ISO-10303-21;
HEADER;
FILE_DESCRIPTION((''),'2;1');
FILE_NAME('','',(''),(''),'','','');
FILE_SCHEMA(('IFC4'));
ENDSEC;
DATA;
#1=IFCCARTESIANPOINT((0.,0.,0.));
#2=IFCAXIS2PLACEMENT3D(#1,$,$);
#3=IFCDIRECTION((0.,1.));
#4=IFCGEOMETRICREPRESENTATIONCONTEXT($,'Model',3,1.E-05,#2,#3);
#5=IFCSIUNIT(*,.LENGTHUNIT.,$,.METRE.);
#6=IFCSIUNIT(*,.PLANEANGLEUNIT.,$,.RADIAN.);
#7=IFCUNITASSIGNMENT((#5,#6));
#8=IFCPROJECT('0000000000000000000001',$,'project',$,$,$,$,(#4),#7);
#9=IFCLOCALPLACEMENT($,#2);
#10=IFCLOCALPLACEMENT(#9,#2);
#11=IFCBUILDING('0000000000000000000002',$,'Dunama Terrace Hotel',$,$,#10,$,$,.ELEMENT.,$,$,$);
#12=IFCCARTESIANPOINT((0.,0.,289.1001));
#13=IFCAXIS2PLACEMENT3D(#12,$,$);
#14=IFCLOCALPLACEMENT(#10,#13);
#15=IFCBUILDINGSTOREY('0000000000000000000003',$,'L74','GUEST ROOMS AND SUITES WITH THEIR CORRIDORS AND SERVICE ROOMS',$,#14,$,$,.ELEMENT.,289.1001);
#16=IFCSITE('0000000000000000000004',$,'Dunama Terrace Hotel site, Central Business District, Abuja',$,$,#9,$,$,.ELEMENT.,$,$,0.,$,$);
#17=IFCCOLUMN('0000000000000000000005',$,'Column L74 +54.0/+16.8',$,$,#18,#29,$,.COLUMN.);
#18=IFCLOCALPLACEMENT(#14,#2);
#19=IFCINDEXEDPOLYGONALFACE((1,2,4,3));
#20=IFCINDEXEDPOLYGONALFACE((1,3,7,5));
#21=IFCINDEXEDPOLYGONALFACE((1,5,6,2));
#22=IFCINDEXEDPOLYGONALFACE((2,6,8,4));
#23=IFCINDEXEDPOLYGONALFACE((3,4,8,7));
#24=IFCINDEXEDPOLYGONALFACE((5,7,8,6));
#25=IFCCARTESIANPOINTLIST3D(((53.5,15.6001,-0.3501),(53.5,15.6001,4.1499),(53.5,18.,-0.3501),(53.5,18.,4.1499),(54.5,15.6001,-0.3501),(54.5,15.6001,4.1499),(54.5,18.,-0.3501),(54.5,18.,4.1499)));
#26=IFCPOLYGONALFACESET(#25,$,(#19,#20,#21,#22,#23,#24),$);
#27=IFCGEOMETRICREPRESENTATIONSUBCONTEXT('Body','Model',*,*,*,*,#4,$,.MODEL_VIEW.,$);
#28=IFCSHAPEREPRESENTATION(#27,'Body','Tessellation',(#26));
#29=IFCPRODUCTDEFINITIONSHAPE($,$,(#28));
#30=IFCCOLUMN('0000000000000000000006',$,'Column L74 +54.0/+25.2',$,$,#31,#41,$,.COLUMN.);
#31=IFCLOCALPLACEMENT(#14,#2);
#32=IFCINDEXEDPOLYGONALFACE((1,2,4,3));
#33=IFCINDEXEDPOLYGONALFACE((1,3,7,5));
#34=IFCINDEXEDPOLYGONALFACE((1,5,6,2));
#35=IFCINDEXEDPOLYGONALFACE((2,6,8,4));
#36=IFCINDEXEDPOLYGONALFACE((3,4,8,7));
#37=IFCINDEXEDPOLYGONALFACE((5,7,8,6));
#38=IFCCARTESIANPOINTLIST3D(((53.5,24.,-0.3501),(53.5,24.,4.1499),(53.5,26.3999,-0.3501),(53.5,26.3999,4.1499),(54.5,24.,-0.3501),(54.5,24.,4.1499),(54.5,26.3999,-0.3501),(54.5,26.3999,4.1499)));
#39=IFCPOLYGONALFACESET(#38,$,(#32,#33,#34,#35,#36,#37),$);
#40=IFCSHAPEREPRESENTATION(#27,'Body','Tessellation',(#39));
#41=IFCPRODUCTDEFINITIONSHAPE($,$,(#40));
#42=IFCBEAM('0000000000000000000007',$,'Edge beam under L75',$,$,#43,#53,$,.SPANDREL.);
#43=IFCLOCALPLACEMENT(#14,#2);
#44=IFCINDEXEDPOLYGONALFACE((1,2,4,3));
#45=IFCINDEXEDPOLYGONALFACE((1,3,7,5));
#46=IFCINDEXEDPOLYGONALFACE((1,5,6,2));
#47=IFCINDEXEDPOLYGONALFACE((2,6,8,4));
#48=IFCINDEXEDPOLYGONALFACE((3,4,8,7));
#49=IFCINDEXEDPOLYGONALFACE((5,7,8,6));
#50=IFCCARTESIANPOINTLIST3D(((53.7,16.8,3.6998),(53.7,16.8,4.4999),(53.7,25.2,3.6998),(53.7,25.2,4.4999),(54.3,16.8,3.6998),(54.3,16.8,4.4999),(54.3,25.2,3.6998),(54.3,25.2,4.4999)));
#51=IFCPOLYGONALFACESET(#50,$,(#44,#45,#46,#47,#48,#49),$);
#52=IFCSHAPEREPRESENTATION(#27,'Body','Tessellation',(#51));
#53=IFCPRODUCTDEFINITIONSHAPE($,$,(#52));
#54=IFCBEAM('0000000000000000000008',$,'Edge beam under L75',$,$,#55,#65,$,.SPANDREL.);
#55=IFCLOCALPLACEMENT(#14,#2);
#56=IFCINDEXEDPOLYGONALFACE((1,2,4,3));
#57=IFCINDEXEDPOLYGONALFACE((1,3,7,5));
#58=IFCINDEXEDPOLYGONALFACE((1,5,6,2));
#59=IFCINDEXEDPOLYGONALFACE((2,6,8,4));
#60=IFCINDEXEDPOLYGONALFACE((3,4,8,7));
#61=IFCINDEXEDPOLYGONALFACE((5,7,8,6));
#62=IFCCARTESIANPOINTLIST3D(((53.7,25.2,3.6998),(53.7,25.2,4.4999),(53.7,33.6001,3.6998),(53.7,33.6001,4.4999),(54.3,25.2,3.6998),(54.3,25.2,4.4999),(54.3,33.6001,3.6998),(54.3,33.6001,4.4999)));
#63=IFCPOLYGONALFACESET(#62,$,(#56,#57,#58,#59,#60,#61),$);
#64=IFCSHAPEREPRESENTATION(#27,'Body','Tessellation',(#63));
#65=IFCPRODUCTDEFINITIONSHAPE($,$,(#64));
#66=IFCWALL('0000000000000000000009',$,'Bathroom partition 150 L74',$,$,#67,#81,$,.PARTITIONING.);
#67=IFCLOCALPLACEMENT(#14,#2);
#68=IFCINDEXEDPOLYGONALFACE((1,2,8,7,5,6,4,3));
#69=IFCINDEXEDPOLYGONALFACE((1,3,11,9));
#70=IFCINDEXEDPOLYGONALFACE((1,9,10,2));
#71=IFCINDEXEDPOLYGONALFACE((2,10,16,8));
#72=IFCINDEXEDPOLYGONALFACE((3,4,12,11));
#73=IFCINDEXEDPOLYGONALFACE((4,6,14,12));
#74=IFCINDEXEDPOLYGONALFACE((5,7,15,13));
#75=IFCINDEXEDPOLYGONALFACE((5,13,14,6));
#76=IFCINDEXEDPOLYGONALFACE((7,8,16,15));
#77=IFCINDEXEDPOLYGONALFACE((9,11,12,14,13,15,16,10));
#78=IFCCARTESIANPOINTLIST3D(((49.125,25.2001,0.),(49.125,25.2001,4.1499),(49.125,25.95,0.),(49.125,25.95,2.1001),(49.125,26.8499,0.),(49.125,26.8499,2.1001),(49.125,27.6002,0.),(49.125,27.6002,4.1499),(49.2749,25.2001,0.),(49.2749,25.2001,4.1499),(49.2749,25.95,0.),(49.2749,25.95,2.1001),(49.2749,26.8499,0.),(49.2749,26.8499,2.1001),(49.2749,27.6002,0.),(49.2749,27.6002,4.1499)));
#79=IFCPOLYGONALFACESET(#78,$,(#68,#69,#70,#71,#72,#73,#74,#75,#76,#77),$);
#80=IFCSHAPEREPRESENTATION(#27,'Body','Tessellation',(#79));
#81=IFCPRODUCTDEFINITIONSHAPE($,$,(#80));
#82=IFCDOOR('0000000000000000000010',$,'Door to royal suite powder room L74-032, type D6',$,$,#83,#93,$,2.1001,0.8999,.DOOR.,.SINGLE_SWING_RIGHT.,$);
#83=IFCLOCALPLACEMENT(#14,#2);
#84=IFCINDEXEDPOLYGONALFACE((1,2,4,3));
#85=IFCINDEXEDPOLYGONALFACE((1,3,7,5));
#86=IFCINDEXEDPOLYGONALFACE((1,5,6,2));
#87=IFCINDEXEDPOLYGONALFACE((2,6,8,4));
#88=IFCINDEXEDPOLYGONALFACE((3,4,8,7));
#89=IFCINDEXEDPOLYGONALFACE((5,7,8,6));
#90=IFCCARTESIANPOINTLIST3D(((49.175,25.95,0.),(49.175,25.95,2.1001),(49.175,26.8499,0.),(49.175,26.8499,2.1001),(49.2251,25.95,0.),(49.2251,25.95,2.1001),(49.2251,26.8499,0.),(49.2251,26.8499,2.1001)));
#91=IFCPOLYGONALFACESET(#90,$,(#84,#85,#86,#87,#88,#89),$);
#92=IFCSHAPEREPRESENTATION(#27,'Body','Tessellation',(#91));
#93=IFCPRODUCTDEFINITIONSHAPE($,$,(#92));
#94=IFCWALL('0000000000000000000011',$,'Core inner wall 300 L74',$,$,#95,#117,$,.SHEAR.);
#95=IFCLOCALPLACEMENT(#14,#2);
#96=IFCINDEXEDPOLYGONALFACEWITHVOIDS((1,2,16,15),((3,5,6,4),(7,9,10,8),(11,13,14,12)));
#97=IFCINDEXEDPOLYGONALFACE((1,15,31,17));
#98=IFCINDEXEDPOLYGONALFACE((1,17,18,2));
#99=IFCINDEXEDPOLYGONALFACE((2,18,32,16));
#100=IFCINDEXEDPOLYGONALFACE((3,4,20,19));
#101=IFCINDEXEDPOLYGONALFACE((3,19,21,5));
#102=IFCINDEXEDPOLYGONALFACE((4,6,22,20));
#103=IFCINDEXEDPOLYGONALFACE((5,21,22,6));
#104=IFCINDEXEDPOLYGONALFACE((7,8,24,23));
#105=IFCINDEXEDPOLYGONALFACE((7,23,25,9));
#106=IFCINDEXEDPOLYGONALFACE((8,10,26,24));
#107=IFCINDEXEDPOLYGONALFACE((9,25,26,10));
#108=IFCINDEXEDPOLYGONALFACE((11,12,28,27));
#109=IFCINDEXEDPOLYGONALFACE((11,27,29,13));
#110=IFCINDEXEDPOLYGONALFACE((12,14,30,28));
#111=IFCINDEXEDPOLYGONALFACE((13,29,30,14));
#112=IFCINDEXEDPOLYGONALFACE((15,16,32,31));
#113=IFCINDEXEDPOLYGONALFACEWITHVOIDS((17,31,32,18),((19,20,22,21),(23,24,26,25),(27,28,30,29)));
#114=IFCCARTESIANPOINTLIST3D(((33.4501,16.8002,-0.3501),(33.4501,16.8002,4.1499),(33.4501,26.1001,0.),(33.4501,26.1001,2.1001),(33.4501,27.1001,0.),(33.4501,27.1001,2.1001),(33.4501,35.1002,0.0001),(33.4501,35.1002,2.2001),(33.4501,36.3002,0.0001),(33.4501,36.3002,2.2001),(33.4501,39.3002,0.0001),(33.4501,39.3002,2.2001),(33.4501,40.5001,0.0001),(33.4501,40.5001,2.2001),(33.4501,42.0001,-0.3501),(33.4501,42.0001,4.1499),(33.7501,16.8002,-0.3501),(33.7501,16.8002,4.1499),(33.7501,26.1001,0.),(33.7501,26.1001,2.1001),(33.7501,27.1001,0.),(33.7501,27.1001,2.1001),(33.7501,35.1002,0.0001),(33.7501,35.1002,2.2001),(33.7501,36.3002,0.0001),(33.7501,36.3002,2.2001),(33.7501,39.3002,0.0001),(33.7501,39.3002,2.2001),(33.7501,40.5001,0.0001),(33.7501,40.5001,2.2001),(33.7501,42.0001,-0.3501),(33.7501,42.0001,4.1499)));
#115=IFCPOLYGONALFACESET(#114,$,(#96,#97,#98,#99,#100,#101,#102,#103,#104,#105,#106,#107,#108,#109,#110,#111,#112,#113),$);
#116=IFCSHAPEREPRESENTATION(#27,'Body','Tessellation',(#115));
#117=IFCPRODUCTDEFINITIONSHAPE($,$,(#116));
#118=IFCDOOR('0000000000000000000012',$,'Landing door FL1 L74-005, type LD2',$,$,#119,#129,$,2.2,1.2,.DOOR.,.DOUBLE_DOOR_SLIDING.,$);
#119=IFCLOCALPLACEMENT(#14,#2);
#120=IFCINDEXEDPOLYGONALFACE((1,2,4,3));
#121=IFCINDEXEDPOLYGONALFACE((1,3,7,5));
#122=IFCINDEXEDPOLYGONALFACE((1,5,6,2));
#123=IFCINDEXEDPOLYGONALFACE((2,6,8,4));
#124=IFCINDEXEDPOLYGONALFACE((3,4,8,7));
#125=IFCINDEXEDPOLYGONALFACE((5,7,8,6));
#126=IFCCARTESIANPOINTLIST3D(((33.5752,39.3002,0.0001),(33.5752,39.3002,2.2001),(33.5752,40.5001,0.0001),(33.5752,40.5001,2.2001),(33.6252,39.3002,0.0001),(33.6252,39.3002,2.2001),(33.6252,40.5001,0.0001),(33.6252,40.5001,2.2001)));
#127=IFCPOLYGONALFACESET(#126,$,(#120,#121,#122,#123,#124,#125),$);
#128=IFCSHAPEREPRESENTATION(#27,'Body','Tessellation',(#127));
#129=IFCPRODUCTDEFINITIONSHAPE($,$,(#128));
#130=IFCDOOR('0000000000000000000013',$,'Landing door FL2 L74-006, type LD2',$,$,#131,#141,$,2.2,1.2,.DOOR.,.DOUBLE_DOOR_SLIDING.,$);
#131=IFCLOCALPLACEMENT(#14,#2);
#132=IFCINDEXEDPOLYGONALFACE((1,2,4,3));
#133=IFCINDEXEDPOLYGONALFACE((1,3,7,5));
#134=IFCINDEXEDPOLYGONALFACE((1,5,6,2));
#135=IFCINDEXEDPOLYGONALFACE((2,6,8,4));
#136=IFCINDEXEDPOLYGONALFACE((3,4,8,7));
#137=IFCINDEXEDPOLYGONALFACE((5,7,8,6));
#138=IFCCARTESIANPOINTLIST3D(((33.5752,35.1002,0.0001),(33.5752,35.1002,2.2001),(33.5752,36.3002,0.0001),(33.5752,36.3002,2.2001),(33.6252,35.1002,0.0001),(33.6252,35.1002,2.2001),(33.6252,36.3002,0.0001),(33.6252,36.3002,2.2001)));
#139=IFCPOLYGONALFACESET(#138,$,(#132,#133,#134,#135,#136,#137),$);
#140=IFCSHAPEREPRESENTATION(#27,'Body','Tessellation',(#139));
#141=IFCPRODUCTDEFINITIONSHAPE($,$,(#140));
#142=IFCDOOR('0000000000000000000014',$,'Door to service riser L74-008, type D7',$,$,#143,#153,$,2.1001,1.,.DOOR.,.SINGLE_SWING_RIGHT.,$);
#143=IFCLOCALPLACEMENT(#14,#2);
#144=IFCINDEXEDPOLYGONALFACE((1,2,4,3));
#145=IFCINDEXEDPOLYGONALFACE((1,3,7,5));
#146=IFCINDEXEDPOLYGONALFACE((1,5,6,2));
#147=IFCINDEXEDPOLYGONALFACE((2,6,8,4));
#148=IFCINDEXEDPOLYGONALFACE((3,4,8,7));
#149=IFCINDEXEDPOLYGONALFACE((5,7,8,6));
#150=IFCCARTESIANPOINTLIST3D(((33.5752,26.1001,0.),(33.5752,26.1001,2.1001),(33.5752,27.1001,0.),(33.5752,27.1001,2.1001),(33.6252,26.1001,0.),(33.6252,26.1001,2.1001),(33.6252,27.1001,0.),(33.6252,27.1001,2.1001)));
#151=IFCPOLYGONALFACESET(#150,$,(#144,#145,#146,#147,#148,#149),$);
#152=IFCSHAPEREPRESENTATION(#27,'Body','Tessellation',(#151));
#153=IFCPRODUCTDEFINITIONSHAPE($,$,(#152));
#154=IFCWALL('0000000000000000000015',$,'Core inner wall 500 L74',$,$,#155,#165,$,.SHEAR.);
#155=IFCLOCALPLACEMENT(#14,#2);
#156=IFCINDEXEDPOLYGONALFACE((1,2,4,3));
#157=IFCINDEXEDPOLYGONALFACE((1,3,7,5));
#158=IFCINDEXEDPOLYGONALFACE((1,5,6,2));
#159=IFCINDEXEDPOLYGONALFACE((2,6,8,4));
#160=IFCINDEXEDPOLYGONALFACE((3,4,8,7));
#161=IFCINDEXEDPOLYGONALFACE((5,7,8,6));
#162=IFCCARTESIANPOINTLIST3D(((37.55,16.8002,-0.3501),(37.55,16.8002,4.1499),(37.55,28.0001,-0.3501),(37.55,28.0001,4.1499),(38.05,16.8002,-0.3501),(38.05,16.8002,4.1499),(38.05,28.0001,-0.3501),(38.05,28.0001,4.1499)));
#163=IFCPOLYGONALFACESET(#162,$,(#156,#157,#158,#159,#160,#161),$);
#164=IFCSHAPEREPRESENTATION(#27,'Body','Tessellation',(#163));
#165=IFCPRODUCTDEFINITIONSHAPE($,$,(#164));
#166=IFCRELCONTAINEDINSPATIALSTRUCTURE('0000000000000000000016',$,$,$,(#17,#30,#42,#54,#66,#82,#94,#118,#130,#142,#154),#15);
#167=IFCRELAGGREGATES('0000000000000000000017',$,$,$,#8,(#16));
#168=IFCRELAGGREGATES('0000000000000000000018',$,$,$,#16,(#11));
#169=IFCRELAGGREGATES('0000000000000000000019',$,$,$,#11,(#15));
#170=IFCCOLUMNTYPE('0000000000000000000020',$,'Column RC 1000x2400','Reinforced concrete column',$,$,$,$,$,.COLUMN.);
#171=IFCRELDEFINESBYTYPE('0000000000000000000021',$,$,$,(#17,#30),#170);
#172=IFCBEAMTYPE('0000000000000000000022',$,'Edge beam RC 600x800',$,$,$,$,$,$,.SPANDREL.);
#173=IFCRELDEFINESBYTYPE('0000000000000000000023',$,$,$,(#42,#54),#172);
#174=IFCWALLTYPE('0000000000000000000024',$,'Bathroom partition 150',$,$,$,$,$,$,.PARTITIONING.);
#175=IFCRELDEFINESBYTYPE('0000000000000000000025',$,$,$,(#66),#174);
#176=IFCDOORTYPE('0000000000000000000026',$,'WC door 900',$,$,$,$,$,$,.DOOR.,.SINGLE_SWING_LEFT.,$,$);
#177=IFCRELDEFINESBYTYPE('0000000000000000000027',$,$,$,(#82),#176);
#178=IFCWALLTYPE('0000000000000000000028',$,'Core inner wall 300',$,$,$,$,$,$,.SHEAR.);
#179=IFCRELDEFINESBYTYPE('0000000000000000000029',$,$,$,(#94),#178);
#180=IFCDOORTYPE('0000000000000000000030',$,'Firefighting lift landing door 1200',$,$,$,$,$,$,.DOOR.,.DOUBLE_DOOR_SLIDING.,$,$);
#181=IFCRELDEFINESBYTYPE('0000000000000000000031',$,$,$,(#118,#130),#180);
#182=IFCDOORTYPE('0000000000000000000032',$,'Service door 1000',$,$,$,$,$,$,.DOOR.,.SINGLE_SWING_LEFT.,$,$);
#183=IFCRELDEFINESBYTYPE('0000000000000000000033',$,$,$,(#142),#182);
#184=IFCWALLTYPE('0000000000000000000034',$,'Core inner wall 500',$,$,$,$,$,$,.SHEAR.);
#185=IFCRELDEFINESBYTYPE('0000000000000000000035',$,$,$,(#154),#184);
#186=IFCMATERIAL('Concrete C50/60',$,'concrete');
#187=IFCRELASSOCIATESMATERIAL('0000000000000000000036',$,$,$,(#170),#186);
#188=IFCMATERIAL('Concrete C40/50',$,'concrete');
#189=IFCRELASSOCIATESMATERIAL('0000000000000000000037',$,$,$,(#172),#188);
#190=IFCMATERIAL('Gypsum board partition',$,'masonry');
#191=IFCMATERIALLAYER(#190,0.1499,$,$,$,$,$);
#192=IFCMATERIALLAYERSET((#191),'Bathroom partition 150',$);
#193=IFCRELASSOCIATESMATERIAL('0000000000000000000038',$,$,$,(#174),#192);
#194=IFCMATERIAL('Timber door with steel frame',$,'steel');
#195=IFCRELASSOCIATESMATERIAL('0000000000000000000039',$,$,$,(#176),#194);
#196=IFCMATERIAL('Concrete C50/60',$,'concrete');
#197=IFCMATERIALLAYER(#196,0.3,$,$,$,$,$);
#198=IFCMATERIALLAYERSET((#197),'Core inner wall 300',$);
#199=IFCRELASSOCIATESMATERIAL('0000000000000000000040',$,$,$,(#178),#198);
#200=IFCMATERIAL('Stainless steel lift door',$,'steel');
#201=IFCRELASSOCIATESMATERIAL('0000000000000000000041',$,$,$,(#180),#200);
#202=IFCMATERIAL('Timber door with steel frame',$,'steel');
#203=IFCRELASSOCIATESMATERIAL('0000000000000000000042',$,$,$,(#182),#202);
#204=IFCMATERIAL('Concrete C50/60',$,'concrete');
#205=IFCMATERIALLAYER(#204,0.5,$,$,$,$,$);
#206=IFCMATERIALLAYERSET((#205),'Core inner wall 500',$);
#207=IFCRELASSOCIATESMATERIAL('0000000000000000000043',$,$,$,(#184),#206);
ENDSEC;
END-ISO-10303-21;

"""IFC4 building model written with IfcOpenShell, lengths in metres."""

from ifc_helpers import new_model, si_unit, direction, frame, frame_2d, origin, origin_2d, place, context, subcontext, project, spatial, rectangle, extrude, material, layer, layer_set, material_profile, profile_set, type_object, element, fill, save


model = new_model("IFC4")

# Units and contexts
model_context = context("Model", 3, precision=1e-05, world=origin(), true_north=direction((0.0, 1.0)))
body_context = subcontext(model_context, "Body", "Model", "MODEL_VIEW")
ifc_project = project(units=[si_unit("LENGTHUNIT", "METRE"), si_unit("PLANEANGLEUNIT", "RADIAN")], contexts=[model_context])

# Site, building, storey
site_placement = place(None, origin())
site = spatial("IfcSite", under=ifc_project, at=site_placement, Name="Dunama Terrace Hotel site, Central Business District, Abuja", CompositionType="ELEMENT", RefElevation=0.0)
building_placement = place(site_placement, origin())
building = spatial("IfcBuilding", under=site, at=building_placement, Name="Dunama Terrace Hotel", CompositionType="ELEMENT")
storey_placement = place(building_placement, frame((0.0, 0.0, 289.1001)))
storey = spatial("IfcBuildingStorey", under=building, at=storey_placement, Name="L74", Description="GUEST ROOMS AND SUITES WITH THEIR CORRIDORS AND SERVICE ROOMS", CompositionType="ELEMENT", Elevation=289.1001)

# Columns
ifc_material_1 = material(Name="Concrete C50/60", Category="concrete")
ifc_material_profile_1 = material_profile(ifc_material_1, rectangle(XDim=1.0, YDim=2.3999, at=origin_2d()), Name="RC 1000x2400")
ifc_profile_set_1 = profile_set([ifc_material_profile_1], Name="Concrete C50/60")
column_type = type_object("IfcColumnType", Name="Column RC 1000x2400", Description="Reinforced concrete column", PredefinedType="COLUMN", material=ifc_profile_set_1)
for number, where, z_axis, x_axis, name in (
    (1, (54.0, 16.8, -0.3501), (0.0, 0.0, 1.0), (1.0, 0.0, 0.0), "Column L74 +54.0/+16.8"),
    (2, (54.0, 25.2, -0.3501), (0.0, 0.0, 1.0), (1.0, 0.0, 0.0), "Column L74 +54.0/+25.2"),
):
    element("IfcColumn", number, at=place(storey_placement, frame(where, z_axis=z_axis, x_axis=x_axis)), inside=storey, type_object=column_type, Name=name, PredefinedType="COLUMN", context=body_context, shape_type="SweptSolid", body=[
        extrude(rectangle(XDim=1.0, YDim=2.3999, at=origin_2d()), origin(), (0.0, 0.0, 1.0), 4.5),
    ])

# Beams
ifc_material_2 = material(Name="Concrete C40/50", Category="concrete")
ifc_material_profile_2 = material_profile(ifc_material_2, rectangle(XDim=0.6001, YDim=0.8, at=origin_2d()), Name="RC 600x800")
ifc_profile_set_2 = profile_set([ifc_material_profile_2], Name="Concrete C40/50")
beam_type = type_object("IfcBeamType", Name="Edge beam RC 600x800", PredefinedType="SPANDREL", material=ifc_profile_set_2)
beam_1_placement = place(storey_placement, frame((54.0, 16.8, 4.0999), z_axis=(0.0, 1.0, 0.0), x_axis=(-1.0, 0.0, 0.0)))
element("IfcBeam", 3, at=beam_1_placement, inside=storey, type_object=beam_type, Name="Edge beam under L75", PredefinedType="SPANDREL", context=body_context, shape_type="SweptSolid", body=[
    extrude(rectangle(XDim=0.6001, YDim=0.8, at=origin_2d()), origin(), (0.0, 0.0, 1.0), 8.3999),
])
beam_2_placement = place(storey_placement, frame((54.0, 25.2, 4.0999), z_axis=(0.0, 1.0, 0.0), x_axis=(-1.0, 0.0, 0.0)))
element("IfcBeam", 4, at=beam_2_placement, inside=storey, type_object=beam_type, Name="Edge beam under L75", PredefinedType="SPANDREL", context=body_context, shape_type="SweptSolid", body=[
    extrude(rectangle(XDim=0.6001, YDim=0.8, at=origin_2d()), origin(), (0.0, 0.0, 1.0), 8.4001),
])

# Wall, opening, door
ifc_material_3 = material(Name="Gypsum board partition", Category="masonry")
ifc_layer_1 = layer(ifc_material_3, 0.1499)
ifc_layer_set_1 = layer_set([ifc_layer_1], Name="Bathroom partition 150")
wall_type_1 = type_object("IfcWallType", Name="Bathroom partition 150", PredefinedType="PARTITIONING", material=ifc_layer_set_1)
wall_1_placement = place(storey_placement, frame((49.2, 25.2, 0.0), z_axis=(0.0, 0.0, 1.0), x_axis=(0.0, 1.0, 0.0)))
wall_1 = element("IfcWall", 5, at=wall_1_placement, inside=storey, type_object=wall_type_1, Name="Bathroom partition 150 L74", PredefinedType="PARTITIONING", context=body_context, shape_type="SweptSolid", body=[
    extrude(rectangle(XDim=2.4001, YDim=0.1499, at=frame_2d((1.2002, 0.0))), origin(), (0.0, 0.0, 1.0), 4.1499),
])
opening_1_placement = place(wall_1_placement, frame((0.75, 0.0, 0.0)))
opening_1 = element("IfcOpeningElement", 6, at=opening_1_placement, cuts=wall_1, PredefinedType="OPENING", context=body_context, shape_type="SweptSolid", body=[
    extrude(rectangle(XDim=0.8999, YDim=2.1001, at=frame_2d((0.45, 1.05))), frame((0.0, 0.085, 0.0), z_axis=(0.0, -1.0, 0.0), x_axis=(1.0, 0.0, 0.0)), (0.0, 0.0, 1.0), 0.1699),
])
ifc_material_4 = material(Name="Timber door with steel frame", Category="steel")
door_type_1 = type_object("IfcDoorType", Name="WC door 900", OperationType="SINGLE_SWING_LEFT", PredefinedType="DOOR", material=ifc_material_4)
door_1_placement = place(opening_1_placement, frame((0.8999, 0.0, 0.0), z_axis=(0.0, 0.0, 1.0), x_axis=(-1.0, 0.0, 0.0)))
door_1 = element("IfcDoor", 7, at=door_1_placement, inside=storey, type_object=door_type_1, Name="Door to royal suite powder room L74-032, type D6", OperationType="SINGLE_SWING_RIGHT", OverallHeight=2.1001, OverallWidth=0.8999, PredefinedType="DOOR", context=body_context, shape_type="SweptSolid", body=[
    extrude(rectangle(XDim=0.8999, YDim=2.1001, at=frame_2d((0.45, 1.05))), frame((0.0, 0.0251, 0.0), z_axis=(0.0, -1.0, 0.0), x_axis=(1.0, 0.0, 0.0)), (0.0, 0.0, 1.0), 0.05),
])
fill(opening_1, door_1)

# Wall, openings, doors
ifc_material_5 = material(Name="Concrete C50/60", Category="concrete")
ifc_layer_2 = layer(ifc_material_5, 0.3)
ifc_layer_set_2 = layer_set([ifc_layer_2], Name="Core inner wall 300")
wall_type_2 = type_object("IfcWallType", Name="Core inner wall 300", PredefinedType="SHEAR", material=ifc_layer_set_2)
wall_2_placement = place(storey_placement, frame((33.6001, 16.8, -0.3501), z_axis=(0.0, 0.0, 1.0), x_axis=(0.0, 1.0, 0.0)))
wall_2 = element("IfcWall", 8, at=wall_2_placement, inside=storey, type_object=wall_type_2, Name="Core inner wall 300 L74", PredefinedType="SHEAR", context=body_context, shape_type="SweptSolid", body=[
    extrude(rectangle(XDim=25.2, YDim=0.3, at=frame_2d((12.6001, 0.0))), origin(), (0.0, 0.0, 1.0), 4.5),
])
opening_2_placement = place(wall_2_placement, frame((22.5, 0.0, 0.3501)))
opening_2 = element("IfcOpeningElement", 9, at=opening_2_placement, cuts=wall_2, PredefinedType="OPENING", context=body_context, shape_type="SweptSolid", body=[
    extrude(rectangle(XDim=1.2, YDim=2.2, at=frame_2d((0.6001, 1.1001))), frame((0.0, 0.1599, 0.0), z_axis=(0.0, -1.0, 0.0), x_axis=(1.0, 0.0, 0.0)), (0.0, 0.0, 1.0), 0.3201),
])
opening_3_placement = place(wall_2_placement, frame((18.3, 0.0, 0.3501)))
opening_3 = element("IfcOpeningElement", 10, at=opening_3_placement, cuts=wall_2, PredefinedType="OPENING", context=body_context, shape_type="SweptSolid", body=[
    extrude(rectangle(XDim=1.2, YDim=2.2, at=frame_2d((0.6001, 1.1001))), frame((0.0, 0.1599, 0.0), z_axis=(0.0, -1.0, 0.0), x_axis=(1.0, 0.0, 0.0)), (0.0, 0.0, 1.0), 0.3201),
])
opening_4_placement = place(wall_2_placement, frame((9.3, 0.0, 0.3501)))
opening_4 = element("IfcOpeningElement", 11, at=opening_4_placement, cuts=wall_2, PredefinedType="OPENING", context=body_context, shape_type="SweptSolid", body=[
    extrude(rectangle(XDim=1.0, YDim=2.1001, at=frame_2d((0.5, 1.05))), frame((0.0, 0.1599, 0.0), z_axis=(0.0, -1.0, 0.0), x_axis=(1.0, 0.0, 0.0)), (0.0, 0.0, 1.0), 0.3201),
])
ifc_material_6 = material(Name="Stainless steel lift door", Category="steel")
door_type_2 = type_object("IfcDoorType", Name="Firefighting lift landing door 1200", OperationType="DOUBLE_DOOR_SLIDING", PredefinedType="DOOR", material=ifc_material_6)
door_2_placement = place(opening_2_placement, origin())
door_2 = element("IfcDoor", 12, at=door_2_placement, inside=storey, type_object=door_type_2, Name="Landing door FL1 L74-005, type LD2", OperationType="DOUBLE_DOOR_SLIDING", OverallHeight=2.2, OverallWidth=1.2, PredefinedType="DOOR", context=body_context, shape_type="SweptSolid", body=[
    extrude(rectangle(XDim=1.2, YDim=2.2, at=frame_2d((0.6001, 1.1001))), frame((0.0, 0.0249, 0.0), z_axis=(0.0, -1.0, 0.0), x_axis=(1.0, 0.0, 0.0)), (0.0, 0.0, 1.0), 0.05),
])
fill(opening_2, door_2)
door_3_placement = place(opening_3_placement, origin())
door_3 = element("IfcDoor", 13, at=door_3_placement, inside=storey, type_object=door_type_2, Name="Landing door FL2 L74-006, type LD2", OperationType="DOUBLE_DOOR_SLIDING", OverallHeight=2.2, OverallWidth=1.2, PredefinedType="DOOR", context=body_context, shape_type="SweptSolid", body=[
    extrude(rectangle(XDim=1.2, YDim=2.2, at=frame_2d((0.6001, 1.1001))), frame((0.0, 0.0249, 0.0), z_axis=(0.0, -1.0, 0.0), x_axis=(1.0, 0.0, 0.0)), (0.0, 0.0, 1.0), 0.05),
])
fill(opening_3, door_3)
ifc_material_7 = material(Name="Timber door with steel frame", Category="steel")
door_type_3 = type_object("IfcDoorType", Name="Service door 1000", OperationType="SINGLE_SWING_LEFT", PredefinedType="DOOR", material=ifc_material_7)
door_4_placement = place(opening_4_placement, frame((1.0, 0.0, 0.0), z_axis=(0.0, 0.0, 1.0), x_axis=(-1.0, 0.0, 0.0)))
door_4 = element("IfcDoor", 14, at=door_4_placement, inside=storey, type_object=door_type_3, Name="Door to service riser L74-008, type D7", OperationType="SINGLE_SWING_RIGHT", OverallHeight=2.1001, OverallWidth=1.0, PredefinedType="DOOR", context=body_context, shape_type="SweptSolid", body=[
    extrude(rectangle(XDim=1.0, YDim=2.1001, at=frame_2d((0.5, 1.05))), frame((0.0, 0.0251, 0.0), z_axis=(0.0, -1.0, 0.0), x_axis=(1.0, 0.0, 0.0)), (0.0, 0.0, 1.0), 0.05),
])
fill(opening_4, door_4)

# Wall
ifc_material_8 = material(Name="Concrete C50/60", Category="concrete")
ifc_layer_3 = layer(ifc_material_8, 0.5)
ifc_layer_set_3 = layer_set([ifc_layer_3], Name="Core inner wall 500")
wall_type_3 = type_object("IfcWallType", Name="Core inner wall 500", PredefinedType="SHEAR", material=ifc_layer_set_3)
wall_3_placement = place(storey_placement, frame((37.8, 16.8, -0.3501), z_axis=(0.0, 0.0, 1.0), x_axis=(0.0, 1.0, 0.0)))
element("IfcWall", 15, at=wall_3_placement, inside=storey, type_object=wall_type_3, Name="Core inner wall 500 L74", PredefinedType="SHEAR", context=body_context, shape_type="SweptSolid", body=[
    extrude(rectangle(XDim=11.2, YDim=0.5, at=frame_2d((5.6001, 0.0))), origin(), (0.0, 0.0, 1.0), 4.5),
])

save(model, "model.ifc")
